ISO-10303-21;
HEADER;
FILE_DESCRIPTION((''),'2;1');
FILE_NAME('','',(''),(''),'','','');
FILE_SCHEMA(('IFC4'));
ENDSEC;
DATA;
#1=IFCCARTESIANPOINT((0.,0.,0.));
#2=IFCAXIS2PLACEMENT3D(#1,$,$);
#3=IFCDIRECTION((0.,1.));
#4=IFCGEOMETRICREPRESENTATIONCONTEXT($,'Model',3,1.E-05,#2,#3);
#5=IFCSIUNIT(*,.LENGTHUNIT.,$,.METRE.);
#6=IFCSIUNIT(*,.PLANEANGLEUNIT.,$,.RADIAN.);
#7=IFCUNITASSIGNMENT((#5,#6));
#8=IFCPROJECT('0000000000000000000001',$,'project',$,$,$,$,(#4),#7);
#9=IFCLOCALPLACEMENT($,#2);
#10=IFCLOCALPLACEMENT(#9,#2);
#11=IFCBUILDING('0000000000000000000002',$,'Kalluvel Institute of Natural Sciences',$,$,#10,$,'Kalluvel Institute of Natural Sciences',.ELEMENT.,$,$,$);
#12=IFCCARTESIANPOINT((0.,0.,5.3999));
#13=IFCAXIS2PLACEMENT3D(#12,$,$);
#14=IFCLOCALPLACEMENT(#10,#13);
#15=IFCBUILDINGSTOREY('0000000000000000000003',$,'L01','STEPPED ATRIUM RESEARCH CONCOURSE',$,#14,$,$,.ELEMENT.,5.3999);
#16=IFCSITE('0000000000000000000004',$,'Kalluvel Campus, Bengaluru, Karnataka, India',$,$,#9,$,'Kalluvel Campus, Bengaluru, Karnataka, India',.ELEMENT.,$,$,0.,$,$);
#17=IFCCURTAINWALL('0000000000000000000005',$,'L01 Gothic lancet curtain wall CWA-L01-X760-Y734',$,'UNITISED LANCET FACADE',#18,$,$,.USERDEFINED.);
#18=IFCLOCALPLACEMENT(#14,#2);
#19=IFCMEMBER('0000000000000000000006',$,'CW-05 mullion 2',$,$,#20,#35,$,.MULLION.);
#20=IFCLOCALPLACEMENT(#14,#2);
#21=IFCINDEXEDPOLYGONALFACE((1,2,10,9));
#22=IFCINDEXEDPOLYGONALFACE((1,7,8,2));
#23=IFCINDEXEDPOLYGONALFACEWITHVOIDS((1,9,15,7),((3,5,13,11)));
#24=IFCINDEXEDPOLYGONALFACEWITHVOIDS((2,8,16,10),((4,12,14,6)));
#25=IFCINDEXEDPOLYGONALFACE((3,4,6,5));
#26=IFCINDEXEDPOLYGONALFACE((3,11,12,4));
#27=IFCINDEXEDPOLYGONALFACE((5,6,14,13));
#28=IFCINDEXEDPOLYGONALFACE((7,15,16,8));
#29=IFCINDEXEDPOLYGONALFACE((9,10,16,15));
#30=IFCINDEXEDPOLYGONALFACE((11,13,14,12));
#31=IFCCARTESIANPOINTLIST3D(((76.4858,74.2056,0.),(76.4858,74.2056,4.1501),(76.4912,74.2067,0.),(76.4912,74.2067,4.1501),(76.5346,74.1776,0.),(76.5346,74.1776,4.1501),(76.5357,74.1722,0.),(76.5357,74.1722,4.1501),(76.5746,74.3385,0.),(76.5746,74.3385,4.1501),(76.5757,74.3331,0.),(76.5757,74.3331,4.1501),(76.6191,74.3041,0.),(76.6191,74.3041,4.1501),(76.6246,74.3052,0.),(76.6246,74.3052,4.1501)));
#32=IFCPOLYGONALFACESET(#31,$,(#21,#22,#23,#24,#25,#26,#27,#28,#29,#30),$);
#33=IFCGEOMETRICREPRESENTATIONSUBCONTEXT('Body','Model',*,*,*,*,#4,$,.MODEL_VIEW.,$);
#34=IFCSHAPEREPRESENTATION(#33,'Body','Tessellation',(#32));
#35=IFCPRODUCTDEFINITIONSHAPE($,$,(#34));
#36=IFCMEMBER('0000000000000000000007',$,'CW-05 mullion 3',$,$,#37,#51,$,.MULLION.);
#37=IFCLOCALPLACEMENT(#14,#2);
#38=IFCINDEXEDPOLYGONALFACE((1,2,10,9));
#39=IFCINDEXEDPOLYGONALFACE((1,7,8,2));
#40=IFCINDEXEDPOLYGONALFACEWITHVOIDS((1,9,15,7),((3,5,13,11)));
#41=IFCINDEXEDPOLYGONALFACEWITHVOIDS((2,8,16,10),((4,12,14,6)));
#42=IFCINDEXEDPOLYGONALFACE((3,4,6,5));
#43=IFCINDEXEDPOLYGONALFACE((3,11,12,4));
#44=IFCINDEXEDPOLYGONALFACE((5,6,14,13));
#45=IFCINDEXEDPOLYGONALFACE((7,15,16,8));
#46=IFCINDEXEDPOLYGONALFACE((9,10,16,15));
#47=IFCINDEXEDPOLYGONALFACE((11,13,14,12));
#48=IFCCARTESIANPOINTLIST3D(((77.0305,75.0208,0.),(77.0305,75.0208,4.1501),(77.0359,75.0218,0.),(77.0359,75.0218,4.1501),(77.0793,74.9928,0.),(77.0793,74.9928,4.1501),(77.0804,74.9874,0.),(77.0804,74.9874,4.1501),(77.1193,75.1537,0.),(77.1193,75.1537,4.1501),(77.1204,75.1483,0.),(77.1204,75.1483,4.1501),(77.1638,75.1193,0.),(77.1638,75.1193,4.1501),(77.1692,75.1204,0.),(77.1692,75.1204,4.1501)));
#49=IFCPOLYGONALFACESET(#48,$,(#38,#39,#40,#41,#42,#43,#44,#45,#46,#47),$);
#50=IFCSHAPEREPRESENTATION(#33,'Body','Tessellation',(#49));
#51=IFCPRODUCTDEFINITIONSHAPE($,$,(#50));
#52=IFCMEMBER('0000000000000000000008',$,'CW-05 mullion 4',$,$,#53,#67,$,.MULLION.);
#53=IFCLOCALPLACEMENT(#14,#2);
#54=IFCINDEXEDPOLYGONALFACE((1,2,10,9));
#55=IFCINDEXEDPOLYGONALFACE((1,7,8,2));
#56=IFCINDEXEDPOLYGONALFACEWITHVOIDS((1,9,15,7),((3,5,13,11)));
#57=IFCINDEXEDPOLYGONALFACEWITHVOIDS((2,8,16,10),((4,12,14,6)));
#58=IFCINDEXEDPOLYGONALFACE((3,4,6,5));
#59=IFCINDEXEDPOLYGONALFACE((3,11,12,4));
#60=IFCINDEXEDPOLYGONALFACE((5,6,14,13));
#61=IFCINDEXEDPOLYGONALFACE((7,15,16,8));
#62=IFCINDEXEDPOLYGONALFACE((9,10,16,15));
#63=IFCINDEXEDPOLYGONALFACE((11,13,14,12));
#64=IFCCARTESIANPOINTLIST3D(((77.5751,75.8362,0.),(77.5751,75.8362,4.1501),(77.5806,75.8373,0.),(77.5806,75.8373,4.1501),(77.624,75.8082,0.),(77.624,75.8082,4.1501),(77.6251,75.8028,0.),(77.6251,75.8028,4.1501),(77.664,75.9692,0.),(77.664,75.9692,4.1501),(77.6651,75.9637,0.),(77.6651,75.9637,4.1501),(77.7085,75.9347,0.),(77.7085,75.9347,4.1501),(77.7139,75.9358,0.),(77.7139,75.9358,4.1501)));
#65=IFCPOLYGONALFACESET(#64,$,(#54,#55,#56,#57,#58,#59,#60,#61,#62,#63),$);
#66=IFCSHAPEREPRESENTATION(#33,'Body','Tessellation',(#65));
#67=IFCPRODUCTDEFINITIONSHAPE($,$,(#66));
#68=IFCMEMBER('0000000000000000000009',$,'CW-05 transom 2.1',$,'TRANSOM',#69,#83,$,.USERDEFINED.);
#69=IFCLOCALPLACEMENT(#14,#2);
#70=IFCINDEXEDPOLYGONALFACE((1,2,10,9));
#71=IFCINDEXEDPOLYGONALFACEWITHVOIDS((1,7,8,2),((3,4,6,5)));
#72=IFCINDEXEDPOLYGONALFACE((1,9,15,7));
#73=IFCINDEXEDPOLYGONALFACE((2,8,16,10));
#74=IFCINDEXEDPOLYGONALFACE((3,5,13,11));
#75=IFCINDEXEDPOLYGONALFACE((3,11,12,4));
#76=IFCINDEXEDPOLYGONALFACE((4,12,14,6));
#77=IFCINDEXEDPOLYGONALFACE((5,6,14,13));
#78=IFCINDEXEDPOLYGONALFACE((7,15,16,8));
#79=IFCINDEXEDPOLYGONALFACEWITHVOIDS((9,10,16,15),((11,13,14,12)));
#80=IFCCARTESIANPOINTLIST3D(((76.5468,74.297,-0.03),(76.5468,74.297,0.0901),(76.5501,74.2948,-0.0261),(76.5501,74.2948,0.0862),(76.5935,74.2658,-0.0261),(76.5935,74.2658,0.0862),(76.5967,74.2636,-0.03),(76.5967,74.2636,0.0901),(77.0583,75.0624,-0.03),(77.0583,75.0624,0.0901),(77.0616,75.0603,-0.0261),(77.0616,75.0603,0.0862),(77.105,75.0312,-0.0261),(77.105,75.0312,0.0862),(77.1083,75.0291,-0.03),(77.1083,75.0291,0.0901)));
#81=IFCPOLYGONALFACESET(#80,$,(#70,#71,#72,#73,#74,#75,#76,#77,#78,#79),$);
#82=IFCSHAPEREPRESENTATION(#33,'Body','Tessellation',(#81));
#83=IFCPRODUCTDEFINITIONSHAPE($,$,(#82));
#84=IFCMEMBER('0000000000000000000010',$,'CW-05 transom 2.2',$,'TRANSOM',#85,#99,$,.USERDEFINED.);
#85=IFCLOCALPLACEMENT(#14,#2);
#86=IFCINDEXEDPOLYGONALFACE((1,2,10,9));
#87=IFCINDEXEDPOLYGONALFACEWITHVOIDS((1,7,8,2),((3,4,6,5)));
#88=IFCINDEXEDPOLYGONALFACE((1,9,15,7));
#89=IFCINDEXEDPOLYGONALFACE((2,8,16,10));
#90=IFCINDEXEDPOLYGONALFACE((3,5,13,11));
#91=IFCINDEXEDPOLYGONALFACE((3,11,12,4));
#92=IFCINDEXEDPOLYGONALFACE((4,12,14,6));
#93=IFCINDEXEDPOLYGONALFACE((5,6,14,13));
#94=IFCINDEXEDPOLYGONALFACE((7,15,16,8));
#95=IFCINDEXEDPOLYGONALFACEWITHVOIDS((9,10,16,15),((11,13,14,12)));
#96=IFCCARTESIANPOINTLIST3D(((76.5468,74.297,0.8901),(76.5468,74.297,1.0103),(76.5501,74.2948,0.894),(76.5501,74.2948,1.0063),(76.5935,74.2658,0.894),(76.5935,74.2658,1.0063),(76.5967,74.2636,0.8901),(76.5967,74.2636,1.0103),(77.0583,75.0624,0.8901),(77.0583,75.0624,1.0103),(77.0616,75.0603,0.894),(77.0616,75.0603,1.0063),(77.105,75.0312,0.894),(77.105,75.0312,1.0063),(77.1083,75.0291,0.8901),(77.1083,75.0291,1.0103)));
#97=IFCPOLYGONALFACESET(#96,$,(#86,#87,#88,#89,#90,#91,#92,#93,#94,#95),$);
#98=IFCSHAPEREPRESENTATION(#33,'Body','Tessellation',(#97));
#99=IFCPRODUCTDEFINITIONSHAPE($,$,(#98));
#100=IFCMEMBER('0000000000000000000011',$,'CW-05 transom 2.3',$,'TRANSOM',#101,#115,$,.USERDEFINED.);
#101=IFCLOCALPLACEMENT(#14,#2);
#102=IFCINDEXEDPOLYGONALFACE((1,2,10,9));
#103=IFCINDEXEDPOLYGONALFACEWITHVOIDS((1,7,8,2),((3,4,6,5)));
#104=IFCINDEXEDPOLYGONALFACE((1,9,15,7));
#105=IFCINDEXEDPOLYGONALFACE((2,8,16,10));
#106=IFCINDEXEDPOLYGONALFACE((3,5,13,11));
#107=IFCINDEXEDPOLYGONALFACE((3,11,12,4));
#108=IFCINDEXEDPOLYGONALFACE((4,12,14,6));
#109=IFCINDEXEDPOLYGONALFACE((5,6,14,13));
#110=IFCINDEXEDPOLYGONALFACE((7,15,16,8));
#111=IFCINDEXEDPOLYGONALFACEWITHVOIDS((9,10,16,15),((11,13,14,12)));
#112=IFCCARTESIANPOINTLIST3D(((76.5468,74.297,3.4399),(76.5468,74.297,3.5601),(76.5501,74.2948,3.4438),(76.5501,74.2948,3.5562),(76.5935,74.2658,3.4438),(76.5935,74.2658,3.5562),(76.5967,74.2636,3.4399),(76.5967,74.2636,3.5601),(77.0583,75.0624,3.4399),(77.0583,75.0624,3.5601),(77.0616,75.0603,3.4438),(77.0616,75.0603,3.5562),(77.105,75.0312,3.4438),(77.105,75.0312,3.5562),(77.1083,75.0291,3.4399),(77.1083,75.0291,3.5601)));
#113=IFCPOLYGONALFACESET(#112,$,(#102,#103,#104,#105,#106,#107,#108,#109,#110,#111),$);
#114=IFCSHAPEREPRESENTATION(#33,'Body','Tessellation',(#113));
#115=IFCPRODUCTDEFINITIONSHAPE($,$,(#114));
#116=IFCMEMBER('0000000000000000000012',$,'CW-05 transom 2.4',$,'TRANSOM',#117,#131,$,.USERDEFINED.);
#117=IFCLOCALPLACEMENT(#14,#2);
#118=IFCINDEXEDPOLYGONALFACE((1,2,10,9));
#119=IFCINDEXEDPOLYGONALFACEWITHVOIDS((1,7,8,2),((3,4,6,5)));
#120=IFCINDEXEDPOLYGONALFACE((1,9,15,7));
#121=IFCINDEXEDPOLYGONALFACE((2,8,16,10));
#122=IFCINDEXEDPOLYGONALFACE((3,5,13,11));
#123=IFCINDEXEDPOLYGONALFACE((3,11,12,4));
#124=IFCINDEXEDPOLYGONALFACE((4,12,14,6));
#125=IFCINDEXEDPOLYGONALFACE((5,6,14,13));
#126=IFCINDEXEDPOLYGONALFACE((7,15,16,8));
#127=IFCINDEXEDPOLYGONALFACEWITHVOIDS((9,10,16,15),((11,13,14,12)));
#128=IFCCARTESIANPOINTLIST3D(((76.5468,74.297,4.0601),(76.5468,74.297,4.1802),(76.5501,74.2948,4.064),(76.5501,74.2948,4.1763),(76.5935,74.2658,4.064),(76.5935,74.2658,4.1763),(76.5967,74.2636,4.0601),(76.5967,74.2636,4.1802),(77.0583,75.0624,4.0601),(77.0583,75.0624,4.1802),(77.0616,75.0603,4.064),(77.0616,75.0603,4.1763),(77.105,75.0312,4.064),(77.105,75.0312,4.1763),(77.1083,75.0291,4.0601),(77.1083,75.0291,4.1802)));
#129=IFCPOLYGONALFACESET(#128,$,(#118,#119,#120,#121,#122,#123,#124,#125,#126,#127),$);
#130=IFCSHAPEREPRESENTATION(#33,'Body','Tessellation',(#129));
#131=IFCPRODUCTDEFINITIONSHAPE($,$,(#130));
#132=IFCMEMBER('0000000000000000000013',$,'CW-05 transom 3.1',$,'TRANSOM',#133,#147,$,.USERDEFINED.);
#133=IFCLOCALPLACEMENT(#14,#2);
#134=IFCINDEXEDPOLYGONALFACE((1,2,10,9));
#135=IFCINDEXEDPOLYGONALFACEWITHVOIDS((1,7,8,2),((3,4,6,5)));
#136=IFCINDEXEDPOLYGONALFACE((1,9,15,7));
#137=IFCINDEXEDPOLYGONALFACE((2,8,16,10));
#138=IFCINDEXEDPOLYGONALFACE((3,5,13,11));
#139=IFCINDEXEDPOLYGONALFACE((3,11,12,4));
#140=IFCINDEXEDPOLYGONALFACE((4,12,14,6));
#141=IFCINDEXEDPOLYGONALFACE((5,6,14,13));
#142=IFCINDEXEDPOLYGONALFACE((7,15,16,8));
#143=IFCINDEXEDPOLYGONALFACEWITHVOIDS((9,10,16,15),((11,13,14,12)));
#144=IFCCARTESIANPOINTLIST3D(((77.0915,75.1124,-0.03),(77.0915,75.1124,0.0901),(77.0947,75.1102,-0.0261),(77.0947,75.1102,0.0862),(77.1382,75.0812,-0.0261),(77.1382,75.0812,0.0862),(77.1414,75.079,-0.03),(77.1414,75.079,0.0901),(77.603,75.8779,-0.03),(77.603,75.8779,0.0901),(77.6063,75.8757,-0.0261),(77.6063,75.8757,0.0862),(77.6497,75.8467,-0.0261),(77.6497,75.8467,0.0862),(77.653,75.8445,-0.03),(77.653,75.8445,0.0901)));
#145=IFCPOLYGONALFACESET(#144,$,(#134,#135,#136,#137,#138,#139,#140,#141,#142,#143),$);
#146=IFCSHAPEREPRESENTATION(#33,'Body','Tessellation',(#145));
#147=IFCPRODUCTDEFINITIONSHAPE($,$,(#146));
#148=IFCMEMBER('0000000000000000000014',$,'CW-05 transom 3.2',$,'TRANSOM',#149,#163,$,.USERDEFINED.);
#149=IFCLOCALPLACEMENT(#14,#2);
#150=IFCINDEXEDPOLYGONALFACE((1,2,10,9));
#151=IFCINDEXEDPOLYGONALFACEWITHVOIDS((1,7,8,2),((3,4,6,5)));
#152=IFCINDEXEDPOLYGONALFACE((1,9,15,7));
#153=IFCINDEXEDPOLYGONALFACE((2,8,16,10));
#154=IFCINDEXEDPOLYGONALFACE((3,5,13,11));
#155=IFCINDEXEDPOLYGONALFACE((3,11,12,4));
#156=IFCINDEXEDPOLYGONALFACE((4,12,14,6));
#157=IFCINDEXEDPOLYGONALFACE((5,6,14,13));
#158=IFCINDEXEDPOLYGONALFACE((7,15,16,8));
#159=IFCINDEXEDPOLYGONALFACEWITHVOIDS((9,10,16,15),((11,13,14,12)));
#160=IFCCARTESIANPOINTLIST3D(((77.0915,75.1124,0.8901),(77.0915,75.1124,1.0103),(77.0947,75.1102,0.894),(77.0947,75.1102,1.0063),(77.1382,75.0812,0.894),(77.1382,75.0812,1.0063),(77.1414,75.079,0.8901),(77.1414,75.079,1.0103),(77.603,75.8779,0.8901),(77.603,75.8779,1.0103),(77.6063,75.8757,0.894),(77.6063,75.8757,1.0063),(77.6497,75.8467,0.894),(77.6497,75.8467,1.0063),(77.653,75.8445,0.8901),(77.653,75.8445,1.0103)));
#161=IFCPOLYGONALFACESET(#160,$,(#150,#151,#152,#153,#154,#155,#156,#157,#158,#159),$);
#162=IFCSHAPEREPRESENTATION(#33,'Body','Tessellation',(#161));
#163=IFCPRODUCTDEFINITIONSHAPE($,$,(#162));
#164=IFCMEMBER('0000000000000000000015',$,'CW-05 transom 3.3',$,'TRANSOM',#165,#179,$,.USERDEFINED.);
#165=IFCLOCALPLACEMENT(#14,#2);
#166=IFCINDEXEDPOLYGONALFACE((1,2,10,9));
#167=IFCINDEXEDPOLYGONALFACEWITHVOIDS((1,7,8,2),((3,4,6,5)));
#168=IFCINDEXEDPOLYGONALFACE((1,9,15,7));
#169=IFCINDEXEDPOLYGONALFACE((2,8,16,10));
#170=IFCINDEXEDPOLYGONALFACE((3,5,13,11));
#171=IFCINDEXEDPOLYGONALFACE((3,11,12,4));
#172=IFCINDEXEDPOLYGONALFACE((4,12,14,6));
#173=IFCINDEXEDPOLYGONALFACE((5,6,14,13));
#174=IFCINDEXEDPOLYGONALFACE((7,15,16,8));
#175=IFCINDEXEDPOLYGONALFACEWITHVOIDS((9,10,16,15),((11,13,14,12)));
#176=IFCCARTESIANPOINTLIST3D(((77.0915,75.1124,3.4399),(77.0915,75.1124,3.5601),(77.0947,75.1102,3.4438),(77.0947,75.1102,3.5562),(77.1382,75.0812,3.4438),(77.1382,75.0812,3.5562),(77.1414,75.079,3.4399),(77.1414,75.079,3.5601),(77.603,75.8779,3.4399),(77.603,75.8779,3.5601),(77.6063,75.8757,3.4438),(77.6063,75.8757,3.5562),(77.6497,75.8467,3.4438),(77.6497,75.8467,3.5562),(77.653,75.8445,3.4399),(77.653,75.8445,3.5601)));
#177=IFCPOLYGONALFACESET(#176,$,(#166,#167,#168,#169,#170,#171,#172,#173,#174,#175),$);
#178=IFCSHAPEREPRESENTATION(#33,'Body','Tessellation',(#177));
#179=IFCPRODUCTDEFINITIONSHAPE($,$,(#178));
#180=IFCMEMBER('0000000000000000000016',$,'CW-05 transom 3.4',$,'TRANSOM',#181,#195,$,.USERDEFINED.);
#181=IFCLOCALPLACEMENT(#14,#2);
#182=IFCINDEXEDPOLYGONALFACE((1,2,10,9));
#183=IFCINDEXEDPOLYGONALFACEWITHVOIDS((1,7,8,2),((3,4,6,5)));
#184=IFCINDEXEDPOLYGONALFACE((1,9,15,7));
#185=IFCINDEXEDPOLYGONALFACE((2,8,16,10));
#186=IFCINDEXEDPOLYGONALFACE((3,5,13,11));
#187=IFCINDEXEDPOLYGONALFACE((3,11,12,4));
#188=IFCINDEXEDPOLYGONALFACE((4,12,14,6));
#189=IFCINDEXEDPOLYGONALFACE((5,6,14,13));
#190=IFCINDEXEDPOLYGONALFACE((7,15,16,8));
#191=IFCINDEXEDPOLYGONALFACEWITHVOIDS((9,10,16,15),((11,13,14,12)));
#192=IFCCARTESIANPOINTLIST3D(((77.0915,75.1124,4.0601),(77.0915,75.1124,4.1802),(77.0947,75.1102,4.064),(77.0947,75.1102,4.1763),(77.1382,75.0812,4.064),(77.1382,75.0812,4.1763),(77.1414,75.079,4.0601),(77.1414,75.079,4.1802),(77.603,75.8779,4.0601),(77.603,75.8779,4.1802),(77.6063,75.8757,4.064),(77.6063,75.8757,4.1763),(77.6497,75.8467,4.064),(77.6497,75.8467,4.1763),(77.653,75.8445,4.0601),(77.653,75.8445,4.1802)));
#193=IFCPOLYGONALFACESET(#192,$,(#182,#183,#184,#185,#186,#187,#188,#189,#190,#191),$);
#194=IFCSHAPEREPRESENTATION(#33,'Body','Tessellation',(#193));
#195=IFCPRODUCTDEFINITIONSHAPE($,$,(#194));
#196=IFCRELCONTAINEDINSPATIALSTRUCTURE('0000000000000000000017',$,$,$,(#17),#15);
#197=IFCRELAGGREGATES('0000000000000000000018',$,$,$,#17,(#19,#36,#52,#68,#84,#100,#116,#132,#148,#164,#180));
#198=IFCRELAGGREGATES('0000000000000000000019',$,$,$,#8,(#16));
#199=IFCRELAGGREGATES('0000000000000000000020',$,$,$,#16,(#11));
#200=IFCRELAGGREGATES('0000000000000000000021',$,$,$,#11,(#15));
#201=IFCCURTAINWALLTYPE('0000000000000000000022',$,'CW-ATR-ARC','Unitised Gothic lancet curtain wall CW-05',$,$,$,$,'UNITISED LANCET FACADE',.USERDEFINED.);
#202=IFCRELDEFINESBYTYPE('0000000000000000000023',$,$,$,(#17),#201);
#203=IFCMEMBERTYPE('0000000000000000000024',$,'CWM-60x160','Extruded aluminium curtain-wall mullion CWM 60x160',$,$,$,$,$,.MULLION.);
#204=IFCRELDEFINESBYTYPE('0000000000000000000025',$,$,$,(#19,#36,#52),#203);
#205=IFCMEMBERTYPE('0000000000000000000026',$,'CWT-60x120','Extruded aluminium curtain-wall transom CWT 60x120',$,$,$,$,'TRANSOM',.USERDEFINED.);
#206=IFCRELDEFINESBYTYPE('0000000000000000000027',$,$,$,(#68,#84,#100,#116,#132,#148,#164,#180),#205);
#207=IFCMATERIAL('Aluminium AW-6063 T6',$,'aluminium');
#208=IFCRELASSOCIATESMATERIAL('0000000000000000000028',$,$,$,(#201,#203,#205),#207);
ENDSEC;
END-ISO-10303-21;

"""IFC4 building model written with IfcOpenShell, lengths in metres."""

from ifc_helpers import new_model, si_unit, direction, frame, origin, origin_2d, place, context, subcontext, project, spatial, hollow_rectangle, extrude, material, material_profile, profile_set, type_object, element, aggregate, save


model = new_model("IFC4")

# Units and contexts
model_context = context("Model", 3, precision=1e-05, world=origin(), true_north=direction((0.0, 1.0)))
body_context = subcontext(model_context, "Body", "Model", "MODEL_VIEW")
ifc_project = project(units=[si_unit("LENGTHUNIT", "METRE"), si_unit("PLANEANGLEUNIT", "RADIAN")], contexts=[model_context])

# Site, building, storey
site_placement = place(None, origin())
site = spatial("IfcSite", under=ifc_project, at=site_placement, Name="Kalluvel Campus, Bengaluru, Karnataka, India", LongName="Kalluvel Campus, Bengaluru, Karnataka, India", CompositionType="ELEMENT", RefElevation=0.0)
building_placement = place(site_placement, origin())
building = spatial("IfcBuilding", under=site, at=building_placement, Name="Kalluvel Institute of Natural Sciences", LongName="Kalluvel Institute of Natural Sciences", CompositionType="ELEMENT")
storey_placement = place(building_placement, frame((0.0, 0.0, 5.3999)))
storey = spatial("IfcBuildingStorey", under=building, at=storey_placement, Name="L01", Description="STEPPED ATRIUM RESEARCH CONCOURSE", CompositionType="ELEMENT", Elevation=5.3999)

# Curtain wall, members
ifc_material_1 = material(Name="Aluminium AW-6063 T6", Category="aluminium")
curtain_wall_type = type_object("IfcCurtainWallType", Name="CW-ATR-ARC", Description="Unitised Gothic lancet curtain wall CW-05", ElementType="UNITISED LANCET FACADE", PredefinedType="USERDEFINED", material=ifc_material_1)
curtain_wall_placement = place(storey_placement, origin())
curtain_wall = element("IfcCurtainWall", 1, at=curtain_wall_placement, inside=storey, type_object=curtain_wall_type, Name="L01 Gothic lancet curtain wall CWA-L01-X760-Y734", ObjectType="UNITISED LANCET FACADE", PredefinedType="USERDEFINED")
ifc_material_profile_1 = material_profile(ifc_material_1, hollow_rectangle(XDim=0.0601, YDim=0.1599, WallThickness=0.0039, at=origin_2d()), Name="CWM 60x160")
ifc_profile_set_1 = profile_set([ifc_material_profile_1], Name="Aluminium AW-6063 T6")
member_type_1 = type_object("IfcMemberType", Name="CWM-60x160", Description="Extruded aluminium curtain-wall mullion CWM 60x160", PredefinedType="MULLION", material=ifc_profile_set_1)
member_1_placement = place(storey_placement, frame((76.5552, 74.2554, 0.0), z_axis=(0.0, 0.0, 1.0), x_axis=(-0.831469, 0.555571, 0.0)))
member_1 = element("IfcMember", 2, at=member_1_placement, type_object=member_type_1, Name="CW-05 mullion 2", PredefinedType="MULLION", context=body_context, shape_type="SweptSolid", body=[
    extrude(hollow_rectangle(XDim=0.0601, YDim=0.1599, WallThickness=0.0039, at=origin_2d()), origin(), (0.0, 0.0, 1.0), 4.1501),
])
member_2_placement = place(storey_placement, frame((77.0999, 75.0706, 0.0), z_axis=(0.0, 0.0, 1.0), x_axis=(-0.831469, 0.555571, 0.0)))
member_2 = element("IfcMember", 3, at=member_2_placement, type_object=member_type_1, Name="CW-05 mullion 3", PredefinedType="MULLION", context=body_context, shape_type="SweptSolid", body=[
    extrude(hollow_rectangle(XDim=0.0601, YDim=0.1599, WallThickness=0.0039, at=origin_2d()), origin(), (0.0, 0.0, 1.0), 4.1501),
])
member_3_placement = place(storey_placement, frame((77.6445, 75.886, 0.0), z_axis=(0.0, 0.0, 1.0), x_axis=(-0.831469, 0.555571, 0.0)))
member_3 = element("IfcMember", 4, at=member_3_placement, type_object=member_type_1, Name="CW-05 mullion 4", PredefinedType="MULLION", context=body_context, shape_type="SweptSolid", body=[
    extrude(hollow_rectangle(XDim=0.0601, YDim=0.1599, WallThickness=0.0039, at=origin_2d()), origin(), (0.0, 0.0, 1.0), 4.1501),
])
ifc_material_profile_2 = material_profile(ifc_material_1, hollow_rectangle(XDim=0.0601, YDim=0.1201, WallThickness=0.0039, at=origin_2d()), Name="CWT 60x120")
ifc_profile_set_2 = profile_set([ifc_material_profile_2], Name="Aluminium AW-6063 T6")
member_type_2 = type_object("IfcMemberType", Name="CWT-60x120", Description="Extruded aluminium curtain-wall transom CWT 60x120", ElementType="TRANSOM", PredefinedType="USERDEFINED", material=ifc_profile_set_2)
member_4_placement = place(storey_placement, frame((76.5718, 74.2803, 0.03), z_axis=(0.555618, 0.831438, 0.0), x_axis=(-0.831438, 0.555618, 0.0)))
member_4 = element("IfcMember", 5, at=member_4_placement, type_object=member_type_2, Name="CW-05 transom 2.1", ObjectType="TRANSOM", PredefinedType="USERDEFINED", context=body_context, shape_type="SweptSolid", body=[
    extrude(hollow_rectangle(XDim=0.0601, YDim=0.1201, WallThickness=0.0039, at=origin_2d()), origin(), (0.0, 0.0, 1.0), 0.9207),
])
member_5_placement = place(storey_placement, frame((76.5718, 74.2803, 0.9502), z_axis=(0.555618, 0.831438, 0.0), x_axis=(-0.831438, 0.555618, 0.0)))
member_5 = element("IfcMember", 6, at=member_5_placement, type_object=member_type_2, Name="CW-05 transom 2.2", ObjectType="TRANSOM", PredefinedType="USERDEFINED", context=body_context, shape_type="SweptSolid", body=[
    extrude(hollow_rectangle(XDim=0.0601, YDim=0.1201, WallThickness=0.0039, at=origin_2d()), origin(), (0.0, 0.0, 1.0), 0.9207),
])
member_6_placement = place(storey_placement, frame((76.5718, 74.2803, 3.5), z_axis=(0.555618, 0.831438, 0.0), x_axis=(-0.831438, 0.555618, 0.0)))
member_6 = element("IfcMember", 7, at=member_6_placement, type_object=member_type_2, Name="CW-05 transom 2.3", ObjectType="TRANSOM", PredefinedType="USERDEFINED", context=body_context, shape_type="SweptSolid", body=[
    extrude(hollow_rectangle(XDim=0.0601, YDim=0.1201, WallThickness=0.0039, at=origin_2d()), origin(), (0.0, 0.0, 1.0), 0.9207),
])
member_7_placement = place(storey_placement, frame((76.5718, 74.2803, 4.1201), z_axis=(0.555618, 0.831438, 0.0), x_axis=(-0.831438, 0.555618, 0.0)))
member_7 = element("IfcMember", 8, at=member_7_placement, type_object=member_type_2, Name="CW-05 transom 2.4", ObjectType="TRANSOM", PredefinedType="USERDEFINED", context=body_context, shape_type="SweptSolid", body=[
    extrude(hollow_rectangle(XDim=0.0601, YDim=0.1201, WallThickness=0.0039, at=origin_2d()), origin(), (0.0, 0.0, 1.0), 0.9207),
])
member_8_placement = place(storey_placement, frame((77.1165, 75.0957, 0.03), z_axis=(0.555618, 0.831438, 0.0), x_axis=(-0.831438, 0.555618, 0.0)))
member_8 = element("IfcMember", 9, at=member_8_placement, type_object=member_type_2, Name="CW-05 transom 3.1", ObjectType="TRANSOM", PredefinedType="USERDEFINED", context=body_context, shape_type="SweptSolid", body=[
    extrude(hollow_rectangle(XDim=0.0601, YDim=0.1201, WallThickness=0.0039, at=origin_2d()), origin(), (0.0, 0.0, 1.0), 0.9207),
])
member_9_placement = place(storey_placement, frame((77.1165, 75.0957, 0.9502), z_axis=(0.555618, 0.831438, 0.0), x_axis=(-0.831438, 0.555618, 0.0)))
member_9 = element("IfcMember", 10, at=member_9_placement, type_object=member_type_2, Name="CW-05 transom 3.2", ObjectType="TRANSOM", PredefinedType="USERDEFINED", context=body_context, shape_type="SweptSolid", body=[
    extrude(hollow_rectangle(XDim=0.0601, YDim=0.1201, WallThickness=0.0039, at=origin_2d()), origin(), (0.0, 0.0, 1.0), 0.9207),
])
member_10_placement = place(storey_placement, frame((77.1165, 75.0957, 3.5), z_axis=(0.555618, 0.831438, 0.0), x_axis=(-0.831438, 0.555618, 0.0)))
member_10 = element("IfcMember", 11, at=member_10_placement, type_object=member_type_2, Name="CW-05 transom 3.3", ObjectType="TRANSOM", PredefinedType="USERDEFINED", context=body_context, shape_type="SweptSolid", body=[
    extrude(hollow_rectangle(XDim=0.0601, YDim=0.1201, WallThickness=0.0039, at=origin_2d()), origin(), (0.0, 0.0, 1.0), 0.9207),
])
member_11_placement = place(storey_placement, frame((77.1165, 75.0957, 4.1201), z_axis=(0.555618, 0.831438, 0.0), x_axis=(-0.831438, 0.555618, 0.0)))
member_11 = element("IfcMember", 12, at=member_11_placement, type_object=member_type_2, Name="CW-05 transom 3.4", ObjectType="TRANSOM", PredefinedType="USERDEFINED", context=body_context, shape_type="SweptSolid", body=[
    extrude(hollow_rectangle(XDim=0.0601, YDim=0.1201, WallThickness=0.0039, at=origin_2d()), origin(), (0.0, 0.0, 1.0), 0.9207),
])
aggregate(curtain_wall, [member_1, member_2, member_3, member_4, member_5, member_6, member_7, member_8, member_9, member_10, member_11])

save(model, "model.ifc")
